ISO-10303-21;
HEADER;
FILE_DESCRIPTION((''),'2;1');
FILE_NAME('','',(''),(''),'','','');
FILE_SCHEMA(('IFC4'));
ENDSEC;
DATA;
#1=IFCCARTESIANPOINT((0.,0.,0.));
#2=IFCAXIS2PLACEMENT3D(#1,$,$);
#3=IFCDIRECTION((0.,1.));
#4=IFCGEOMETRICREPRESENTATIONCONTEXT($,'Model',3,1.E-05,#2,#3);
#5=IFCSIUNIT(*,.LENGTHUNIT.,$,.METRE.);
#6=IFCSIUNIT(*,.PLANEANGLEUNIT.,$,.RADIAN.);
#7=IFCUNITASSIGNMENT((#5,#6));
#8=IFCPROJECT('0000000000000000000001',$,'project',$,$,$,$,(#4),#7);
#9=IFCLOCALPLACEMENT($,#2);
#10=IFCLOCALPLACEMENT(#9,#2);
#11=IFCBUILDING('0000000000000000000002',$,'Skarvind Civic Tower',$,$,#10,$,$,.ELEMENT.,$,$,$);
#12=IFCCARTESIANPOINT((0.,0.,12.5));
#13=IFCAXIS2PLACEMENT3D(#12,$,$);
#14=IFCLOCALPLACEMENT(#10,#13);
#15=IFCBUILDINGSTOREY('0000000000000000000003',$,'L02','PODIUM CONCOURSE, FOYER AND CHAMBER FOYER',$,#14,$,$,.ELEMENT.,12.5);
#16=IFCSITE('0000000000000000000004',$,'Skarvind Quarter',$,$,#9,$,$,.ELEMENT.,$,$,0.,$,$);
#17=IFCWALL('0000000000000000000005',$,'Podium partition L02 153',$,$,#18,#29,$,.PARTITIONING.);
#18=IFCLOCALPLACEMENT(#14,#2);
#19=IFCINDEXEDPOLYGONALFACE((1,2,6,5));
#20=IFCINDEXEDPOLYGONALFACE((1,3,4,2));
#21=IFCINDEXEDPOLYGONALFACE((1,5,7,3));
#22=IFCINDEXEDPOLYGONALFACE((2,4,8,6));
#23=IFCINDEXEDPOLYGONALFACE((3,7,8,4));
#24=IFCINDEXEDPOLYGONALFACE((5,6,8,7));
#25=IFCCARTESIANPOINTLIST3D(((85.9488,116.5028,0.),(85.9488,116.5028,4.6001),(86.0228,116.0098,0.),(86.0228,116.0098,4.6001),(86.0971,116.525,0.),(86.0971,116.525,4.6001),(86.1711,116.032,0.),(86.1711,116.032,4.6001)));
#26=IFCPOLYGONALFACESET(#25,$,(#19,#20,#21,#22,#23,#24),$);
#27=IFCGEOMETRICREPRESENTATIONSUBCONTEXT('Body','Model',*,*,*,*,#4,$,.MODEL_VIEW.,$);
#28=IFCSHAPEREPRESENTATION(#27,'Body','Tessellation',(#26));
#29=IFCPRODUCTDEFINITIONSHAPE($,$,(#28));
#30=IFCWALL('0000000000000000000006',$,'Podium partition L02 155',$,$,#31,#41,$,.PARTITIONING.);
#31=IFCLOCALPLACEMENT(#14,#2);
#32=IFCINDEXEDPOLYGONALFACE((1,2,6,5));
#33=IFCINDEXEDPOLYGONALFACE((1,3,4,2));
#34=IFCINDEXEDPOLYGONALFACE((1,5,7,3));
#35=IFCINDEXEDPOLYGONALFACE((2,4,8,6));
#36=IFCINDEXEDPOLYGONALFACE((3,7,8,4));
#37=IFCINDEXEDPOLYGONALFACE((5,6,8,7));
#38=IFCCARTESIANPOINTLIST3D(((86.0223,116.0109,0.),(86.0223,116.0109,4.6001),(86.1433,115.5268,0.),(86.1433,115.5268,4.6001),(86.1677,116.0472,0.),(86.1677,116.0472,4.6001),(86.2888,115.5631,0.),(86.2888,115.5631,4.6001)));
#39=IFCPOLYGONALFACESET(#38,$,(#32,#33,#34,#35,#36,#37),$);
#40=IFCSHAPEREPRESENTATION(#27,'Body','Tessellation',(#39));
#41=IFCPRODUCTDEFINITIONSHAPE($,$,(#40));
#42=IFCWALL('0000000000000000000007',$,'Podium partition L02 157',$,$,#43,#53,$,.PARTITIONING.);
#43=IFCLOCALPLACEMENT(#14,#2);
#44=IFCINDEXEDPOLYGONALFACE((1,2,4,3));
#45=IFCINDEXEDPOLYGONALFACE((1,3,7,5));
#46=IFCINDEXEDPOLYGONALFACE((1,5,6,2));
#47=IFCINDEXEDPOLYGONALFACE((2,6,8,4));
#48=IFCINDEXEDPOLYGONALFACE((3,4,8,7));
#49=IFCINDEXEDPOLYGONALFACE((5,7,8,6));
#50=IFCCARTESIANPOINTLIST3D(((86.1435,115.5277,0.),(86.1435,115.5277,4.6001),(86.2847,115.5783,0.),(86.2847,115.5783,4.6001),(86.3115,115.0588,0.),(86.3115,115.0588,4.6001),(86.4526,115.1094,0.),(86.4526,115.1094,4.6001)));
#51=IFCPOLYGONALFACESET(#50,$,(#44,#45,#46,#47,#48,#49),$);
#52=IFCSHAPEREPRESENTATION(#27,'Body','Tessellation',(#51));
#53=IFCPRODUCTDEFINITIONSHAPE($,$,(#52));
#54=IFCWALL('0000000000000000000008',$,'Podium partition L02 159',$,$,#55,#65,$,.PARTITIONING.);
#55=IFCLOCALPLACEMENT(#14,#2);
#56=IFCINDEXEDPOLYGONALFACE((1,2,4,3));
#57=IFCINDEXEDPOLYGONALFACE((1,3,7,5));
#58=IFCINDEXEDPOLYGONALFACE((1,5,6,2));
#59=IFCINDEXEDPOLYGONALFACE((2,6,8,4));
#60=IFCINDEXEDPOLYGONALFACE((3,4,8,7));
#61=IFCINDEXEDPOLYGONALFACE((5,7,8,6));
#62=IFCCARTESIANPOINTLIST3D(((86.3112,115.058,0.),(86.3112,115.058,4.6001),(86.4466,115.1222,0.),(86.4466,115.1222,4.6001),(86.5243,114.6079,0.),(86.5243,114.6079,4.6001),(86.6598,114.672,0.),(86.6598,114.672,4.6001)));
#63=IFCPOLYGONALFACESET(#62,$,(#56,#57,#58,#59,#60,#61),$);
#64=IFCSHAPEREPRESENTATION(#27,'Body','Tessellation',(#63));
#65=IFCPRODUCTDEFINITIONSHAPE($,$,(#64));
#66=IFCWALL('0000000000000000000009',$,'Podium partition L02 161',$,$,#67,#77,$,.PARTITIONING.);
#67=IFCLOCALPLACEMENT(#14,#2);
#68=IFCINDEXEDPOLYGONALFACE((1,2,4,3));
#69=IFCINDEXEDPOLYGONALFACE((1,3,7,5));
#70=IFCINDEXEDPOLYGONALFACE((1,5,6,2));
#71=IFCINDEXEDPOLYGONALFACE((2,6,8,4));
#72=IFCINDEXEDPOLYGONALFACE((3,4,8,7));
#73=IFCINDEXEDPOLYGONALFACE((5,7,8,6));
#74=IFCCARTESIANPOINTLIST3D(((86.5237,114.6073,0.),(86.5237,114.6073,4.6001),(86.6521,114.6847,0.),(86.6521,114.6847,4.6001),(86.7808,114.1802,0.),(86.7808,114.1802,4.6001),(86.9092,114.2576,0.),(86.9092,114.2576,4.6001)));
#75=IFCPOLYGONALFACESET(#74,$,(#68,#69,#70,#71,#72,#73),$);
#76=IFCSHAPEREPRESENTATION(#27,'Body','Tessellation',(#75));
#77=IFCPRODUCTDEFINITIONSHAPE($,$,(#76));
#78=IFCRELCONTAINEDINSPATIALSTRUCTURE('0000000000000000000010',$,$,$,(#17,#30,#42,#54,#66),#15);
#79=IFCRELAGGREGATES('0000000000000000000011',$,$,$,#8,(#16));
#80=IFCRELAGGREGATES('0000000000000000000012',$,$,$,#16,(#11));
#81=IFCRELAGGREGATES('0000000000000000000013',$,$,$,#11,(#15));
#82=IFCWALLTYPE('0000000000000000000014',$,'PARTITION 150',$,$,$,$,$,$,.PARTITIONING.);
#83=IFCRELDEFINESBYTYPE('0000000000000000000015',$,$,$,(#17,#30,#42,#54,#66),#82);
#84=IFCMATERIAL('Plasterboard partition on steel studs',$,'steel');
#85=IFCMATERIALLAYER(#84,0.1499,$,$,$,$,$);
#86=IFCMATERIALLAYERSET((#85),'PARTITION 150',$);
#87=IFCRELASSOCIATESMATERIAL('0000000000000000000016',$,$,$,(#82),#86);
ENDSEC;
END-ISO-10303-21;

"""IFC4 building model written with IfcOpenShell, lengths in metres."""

from ifc_helpers import new_model, si_unit, direction, frame, frame_2d, origin, place, context, subcontext, project, spatial, rectangle, extrude, material, layer, layer_set, type_object, element, save


model = new_model("IFC4")

# Units and contexts
model_context = context("Model", 3, precision=1e-05, world=origin(), true_north=direction((0.0, 1.0)))
body_context = subcontext(model_context, "Body", "Model", "MODEL_VIEW")
ifc_project = project(units=[si_unit("LENGTHUNIT", "METRE"), si_unit("PLANEANGLEUNIT", "RADIAN")], contexts=[model_context])

# Site, building, storey
site_placement = place(None, origin())
site = spatial("IfcSite", under=ifc_project, at=site_placement, Name="Skarvind Quarter", CompositionType="ELEMENT", RefElevation=0.0)
building_placement = place(site_placement, origin())
building = spatial("IfcBuilding", under=site, at=building_placement, Name="Skarvind Civic Tower", CompositionType="ELEMENT")
storey_placement = place(building_placement, frame((0.0, 0.0, 12.5)))
storey = spatial("IfcBuildingStorey", under=building, at=storey_placement, Name="L02", Description="PODIUM CONCOURSE, FOYER AND CHAMBER FOYER", CompositionType="ELEMENT", Elevation=12.5)

# Walls
ifc_material_1 = material(Name="Plasterboard partition on steel studs", Category="steel")
ifc_layer_1 = layer(ifc_material_1, 0.1499)
ifc_layer_set_1 = layer_set([ifc_layer_1], Name="PARTITION 150")
wall_type_1 = type_object("IfcWallType", Name="PARTITION 150", PredefinedType="PARTITIONING", material=ifc_layer_set_1)
wall_1_placement = place(storey_placement, frame((86.0229, 116.5139, 0.0), z_axis=(0.0, 0.0, 1.0), x_axis=(0.148412, -0.988926, 0.0)))
element("IfcWall", 1, at=wall_1_placement, inside=storey, type_object=wall_type_1, Name="Podium partition L02 153", PredefinedType="PARTITIONING", context=body_context, shape_type="SweptSolid", body=[
    extrude(rectangle(XDim=0.4985, YDim=0.1499, at=frame_2d((0.2493, 0.0))), origin(), (0.0, 0.0, 1.0), 4.6001),
])
wall_2_placement = place(storey_placement, frame((86.095, 116.0291, 0.0), z_axis=(0.0, 0.0, 1.0), x_axis=(0.242651, -0.970114, 0.0)))
element("IfcWall", 2, at=wall_2_placement, inside=storey, type_object=wall_type_1, Name="Podium partition L02 155", PredefinedType="PARTITIONING", context=body_context, shape_type="SweptSolid", body=[
    extrude(rectangle(XDim=0.499, YDim=0.1499, at=frame_2d((0.2495, 0.0))), origin(), (0.0, 0.0, 1.0), 4.6001),
])
for number, where, z_axis, x_axis, name in (
    (3, (86.2141, 115.553, 0.0), (0.0, 0.0, 1.0), (0.337174, -0.941442, 0.0), "Podium partition L02 157"),
    (4, (86.3789, 115.0901, 0.0), (0.0, 0.0, 1.0), (0.427897, -0.903828, 0.0), "Podium partition L02 159"),
):
    element("IfcWall", number, at=place(storey_placement, frame(where, z_axis=z_axis, x_axis=x_axis)), inside=storey, type_object=wall_type_1, Name=name, PredefinedType="PARTITIONING", context=body_context, shape_type="SweptSolid", body=[
        extrude(rectangle(XDim=0.498, YDim=0.1499, at=frame_2d((0.249, 0.0))), origin(), (0.0, 0.0, 1.0), 4.6001),
    ])
wall_3_placement = place(storey_placement, frame((86.5879, 114.646, 0.0), z_axis=(0.0, 0.0, 1.0), x_axis=(0.515792, -0.856714, 0.0)))
element("IfcWall", 5, at=wall_3_placement, inside=storey, type_object=wall_type_1, Name="Podium partition L02 161", PredefinedType="PARTITIONING", context=body_context, shape_type="SweptSolid", body=[
    extrude(rectangle(XDim=0.4985, YDim=0.1499, at=frame_2d((0.2493, 0.0))), origin(), (0.0, 0.0, 1.0), 4.6001),
])

save(model, "model.ifc")
